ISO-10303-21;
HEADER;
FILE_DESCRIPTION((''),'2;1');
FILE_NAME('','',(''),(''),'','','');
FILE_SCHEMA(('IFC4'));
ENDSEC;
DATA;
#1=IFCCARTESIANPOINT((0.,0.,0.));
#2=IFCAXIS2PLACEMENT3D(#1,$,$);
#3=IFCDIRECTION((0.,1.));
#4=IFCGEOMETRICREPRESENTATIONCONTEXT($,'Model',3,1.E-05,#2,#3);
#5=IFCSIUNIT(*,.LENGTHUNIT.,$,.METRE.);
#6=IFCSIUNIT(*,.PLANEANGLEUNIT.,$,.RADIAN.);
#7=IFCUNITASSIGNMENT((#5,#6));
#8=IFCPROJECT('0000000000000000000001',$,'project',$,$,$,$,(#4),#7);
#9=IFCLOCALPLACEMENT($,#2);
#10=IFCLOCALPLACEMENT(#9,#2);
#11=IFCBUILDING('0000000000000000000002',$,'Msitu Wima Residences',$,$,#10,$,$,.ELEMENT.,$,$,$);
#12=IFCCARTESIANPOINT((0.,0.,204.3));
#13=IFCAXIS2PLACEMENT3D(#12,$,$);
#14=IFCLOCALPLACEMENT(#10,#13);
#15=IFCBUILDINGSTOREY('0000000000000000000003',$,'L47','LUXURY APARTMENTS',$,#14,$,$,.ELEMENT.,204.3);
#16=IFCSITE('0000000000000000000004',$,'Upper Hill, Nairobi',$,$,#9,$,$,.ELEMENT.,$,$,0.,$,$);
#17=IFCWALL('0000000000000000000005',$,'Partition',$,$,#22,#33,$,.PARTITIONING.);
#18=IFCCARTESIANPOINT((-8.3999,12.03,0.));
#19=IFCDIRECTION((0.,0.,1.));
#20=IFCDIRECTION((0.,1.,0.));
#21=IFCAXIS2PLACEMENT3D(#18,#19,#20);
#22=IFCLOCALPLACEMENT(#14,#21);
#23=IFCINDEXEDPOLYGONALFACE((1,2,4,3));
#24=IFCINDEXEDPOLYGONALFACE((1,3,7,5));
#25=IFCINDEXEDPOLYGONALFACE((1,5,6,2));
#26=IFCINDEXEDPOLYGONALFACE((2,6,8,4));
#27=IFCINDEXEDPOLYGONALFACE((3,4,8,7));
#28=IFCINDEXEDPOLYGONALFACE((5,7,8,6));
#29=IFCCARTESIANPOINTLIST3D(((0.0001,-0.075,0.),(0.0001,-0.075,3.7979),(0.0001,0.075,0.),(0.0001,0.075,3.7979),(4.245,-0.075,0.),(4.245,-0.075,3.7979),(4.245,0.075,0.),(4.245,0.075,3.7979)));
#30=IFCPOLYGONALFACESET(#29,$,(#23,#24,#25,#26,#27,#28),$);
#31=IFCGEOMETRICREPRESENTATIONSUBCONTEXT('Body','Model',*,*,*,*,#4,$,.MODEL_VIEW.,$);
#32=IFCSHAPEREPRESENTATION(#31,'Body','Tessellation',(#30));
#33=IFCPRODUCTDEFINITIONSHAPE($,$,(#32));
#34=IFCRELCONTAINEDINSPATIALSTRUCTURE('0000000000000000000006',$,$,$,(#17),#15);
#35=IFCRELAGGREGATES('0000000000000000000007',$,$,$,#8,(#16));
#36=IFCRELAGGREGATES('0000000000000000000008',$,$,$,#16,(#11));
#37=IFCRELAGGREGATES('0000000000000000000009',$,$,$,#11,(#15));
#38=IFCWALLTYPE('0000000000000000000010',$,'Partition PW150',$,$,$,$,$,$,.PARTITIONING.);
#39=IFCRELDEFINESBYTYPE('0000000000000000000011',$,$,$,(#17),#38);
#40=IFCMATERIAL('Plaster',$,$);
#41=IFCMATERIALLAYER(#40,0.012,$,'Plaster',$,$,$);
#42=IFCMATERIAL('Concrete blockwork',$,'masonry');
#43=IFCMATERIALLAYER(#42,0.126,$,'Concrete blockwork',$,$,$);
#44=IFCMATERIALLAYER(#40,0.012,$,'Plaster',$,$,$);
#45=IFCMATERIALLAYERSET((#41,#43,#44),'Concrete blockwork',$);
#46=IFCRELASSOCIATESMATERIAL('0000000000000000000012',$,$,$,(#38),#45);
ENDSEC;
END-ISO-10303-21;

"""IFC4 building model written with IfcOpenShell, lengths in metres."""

from ifc_helpers import new_model, si_unit, direction, frame, frame_2d, origin, place, context, subcontext, project, spatial, rectangle, extrude, material, layer, layer_set, type_object, element, save


model = new_model("IFC4")

# Units and contexts
model_context = context("Model", 3, precision=1e-05, world=origin(), true_north=direction((0.0, 1.0)))
body_context = subcontext(model_context, "Body", "Model", "MODEL_VIEW")
ifc_project = project(units=[si_unit("LENGTHUNIT", "METRE"), si_unit("PLANEANGLEUNIT", "RADIAN")], contexts=[model_context])

# Site, building, storey
site_placement = place(None, origin())
site = spatial("IfcSite", under=ifc_project, at=site_placement, Name="Upper Hill, Nairobi", CompositionType="ELEMENT", RefElevation=0.0)
building_placement = place(site_placement, origin())
building = spatial("IfcBuilding", under=site, at=building_placement, Name="Msitu Wima Residences", CompositionType="ELEMENT")
storey_placement = place(building_placement, frame((0.0, 0.0, 204.3)))
storey = spatial("IfcBuildingStorey", under=building, at=storey_placement, Name="L47", Description="LUXURY APARTMENTS", CompositionType="ELEMENT", Elevation=204.3)

# Wall
ifc_material_1 = material(Name="Plaster")
ifc_layer_1 = layer(ifc_material_1, 0.012, Name="Plaster")
ifc_material_2 = material(Name="Concrete blockwork", Category="masonry")
ifc_layer_2 = layer(ifc_material_2, 0.126, Name="Concrete blockwork")
ifc_layer_3 = layer(ifc_material_1, 0.012, Name="Plaster")
ifc_layer_set_1 = layer_set([ifc_layer_1, ifc_layer_2, ifc_layer_3], Name="Concrete blockwork")
wall_type_1 = type_object("IfcWallType", Name="Partition PW150", PredefinedType="PARTITIONING", material=ifc_layer_set_1)
wall_1_placement = place(storey_placement, frame((-8.3999, 12.03, 0.0), z_axis=(0.0, 0.0, 1.0), x_axis=(0.0, 1.0, 0.0)))
element("IfcWall", 1, at=wall_1_placement, inside=storey, type_object=wall_type_1, Name="Partition", PredefinedType="PARTITIONING", context=body_context, shape_type="SweptSolid", body=[
    extrude(rectangle(XDim=4.2449, YDim=0.1499, at=frame_2d((2.1226, 0.0))), origin(), (0.0, 0.0, 1.0), 3.7979),
])

save(model, "model.ifc")
